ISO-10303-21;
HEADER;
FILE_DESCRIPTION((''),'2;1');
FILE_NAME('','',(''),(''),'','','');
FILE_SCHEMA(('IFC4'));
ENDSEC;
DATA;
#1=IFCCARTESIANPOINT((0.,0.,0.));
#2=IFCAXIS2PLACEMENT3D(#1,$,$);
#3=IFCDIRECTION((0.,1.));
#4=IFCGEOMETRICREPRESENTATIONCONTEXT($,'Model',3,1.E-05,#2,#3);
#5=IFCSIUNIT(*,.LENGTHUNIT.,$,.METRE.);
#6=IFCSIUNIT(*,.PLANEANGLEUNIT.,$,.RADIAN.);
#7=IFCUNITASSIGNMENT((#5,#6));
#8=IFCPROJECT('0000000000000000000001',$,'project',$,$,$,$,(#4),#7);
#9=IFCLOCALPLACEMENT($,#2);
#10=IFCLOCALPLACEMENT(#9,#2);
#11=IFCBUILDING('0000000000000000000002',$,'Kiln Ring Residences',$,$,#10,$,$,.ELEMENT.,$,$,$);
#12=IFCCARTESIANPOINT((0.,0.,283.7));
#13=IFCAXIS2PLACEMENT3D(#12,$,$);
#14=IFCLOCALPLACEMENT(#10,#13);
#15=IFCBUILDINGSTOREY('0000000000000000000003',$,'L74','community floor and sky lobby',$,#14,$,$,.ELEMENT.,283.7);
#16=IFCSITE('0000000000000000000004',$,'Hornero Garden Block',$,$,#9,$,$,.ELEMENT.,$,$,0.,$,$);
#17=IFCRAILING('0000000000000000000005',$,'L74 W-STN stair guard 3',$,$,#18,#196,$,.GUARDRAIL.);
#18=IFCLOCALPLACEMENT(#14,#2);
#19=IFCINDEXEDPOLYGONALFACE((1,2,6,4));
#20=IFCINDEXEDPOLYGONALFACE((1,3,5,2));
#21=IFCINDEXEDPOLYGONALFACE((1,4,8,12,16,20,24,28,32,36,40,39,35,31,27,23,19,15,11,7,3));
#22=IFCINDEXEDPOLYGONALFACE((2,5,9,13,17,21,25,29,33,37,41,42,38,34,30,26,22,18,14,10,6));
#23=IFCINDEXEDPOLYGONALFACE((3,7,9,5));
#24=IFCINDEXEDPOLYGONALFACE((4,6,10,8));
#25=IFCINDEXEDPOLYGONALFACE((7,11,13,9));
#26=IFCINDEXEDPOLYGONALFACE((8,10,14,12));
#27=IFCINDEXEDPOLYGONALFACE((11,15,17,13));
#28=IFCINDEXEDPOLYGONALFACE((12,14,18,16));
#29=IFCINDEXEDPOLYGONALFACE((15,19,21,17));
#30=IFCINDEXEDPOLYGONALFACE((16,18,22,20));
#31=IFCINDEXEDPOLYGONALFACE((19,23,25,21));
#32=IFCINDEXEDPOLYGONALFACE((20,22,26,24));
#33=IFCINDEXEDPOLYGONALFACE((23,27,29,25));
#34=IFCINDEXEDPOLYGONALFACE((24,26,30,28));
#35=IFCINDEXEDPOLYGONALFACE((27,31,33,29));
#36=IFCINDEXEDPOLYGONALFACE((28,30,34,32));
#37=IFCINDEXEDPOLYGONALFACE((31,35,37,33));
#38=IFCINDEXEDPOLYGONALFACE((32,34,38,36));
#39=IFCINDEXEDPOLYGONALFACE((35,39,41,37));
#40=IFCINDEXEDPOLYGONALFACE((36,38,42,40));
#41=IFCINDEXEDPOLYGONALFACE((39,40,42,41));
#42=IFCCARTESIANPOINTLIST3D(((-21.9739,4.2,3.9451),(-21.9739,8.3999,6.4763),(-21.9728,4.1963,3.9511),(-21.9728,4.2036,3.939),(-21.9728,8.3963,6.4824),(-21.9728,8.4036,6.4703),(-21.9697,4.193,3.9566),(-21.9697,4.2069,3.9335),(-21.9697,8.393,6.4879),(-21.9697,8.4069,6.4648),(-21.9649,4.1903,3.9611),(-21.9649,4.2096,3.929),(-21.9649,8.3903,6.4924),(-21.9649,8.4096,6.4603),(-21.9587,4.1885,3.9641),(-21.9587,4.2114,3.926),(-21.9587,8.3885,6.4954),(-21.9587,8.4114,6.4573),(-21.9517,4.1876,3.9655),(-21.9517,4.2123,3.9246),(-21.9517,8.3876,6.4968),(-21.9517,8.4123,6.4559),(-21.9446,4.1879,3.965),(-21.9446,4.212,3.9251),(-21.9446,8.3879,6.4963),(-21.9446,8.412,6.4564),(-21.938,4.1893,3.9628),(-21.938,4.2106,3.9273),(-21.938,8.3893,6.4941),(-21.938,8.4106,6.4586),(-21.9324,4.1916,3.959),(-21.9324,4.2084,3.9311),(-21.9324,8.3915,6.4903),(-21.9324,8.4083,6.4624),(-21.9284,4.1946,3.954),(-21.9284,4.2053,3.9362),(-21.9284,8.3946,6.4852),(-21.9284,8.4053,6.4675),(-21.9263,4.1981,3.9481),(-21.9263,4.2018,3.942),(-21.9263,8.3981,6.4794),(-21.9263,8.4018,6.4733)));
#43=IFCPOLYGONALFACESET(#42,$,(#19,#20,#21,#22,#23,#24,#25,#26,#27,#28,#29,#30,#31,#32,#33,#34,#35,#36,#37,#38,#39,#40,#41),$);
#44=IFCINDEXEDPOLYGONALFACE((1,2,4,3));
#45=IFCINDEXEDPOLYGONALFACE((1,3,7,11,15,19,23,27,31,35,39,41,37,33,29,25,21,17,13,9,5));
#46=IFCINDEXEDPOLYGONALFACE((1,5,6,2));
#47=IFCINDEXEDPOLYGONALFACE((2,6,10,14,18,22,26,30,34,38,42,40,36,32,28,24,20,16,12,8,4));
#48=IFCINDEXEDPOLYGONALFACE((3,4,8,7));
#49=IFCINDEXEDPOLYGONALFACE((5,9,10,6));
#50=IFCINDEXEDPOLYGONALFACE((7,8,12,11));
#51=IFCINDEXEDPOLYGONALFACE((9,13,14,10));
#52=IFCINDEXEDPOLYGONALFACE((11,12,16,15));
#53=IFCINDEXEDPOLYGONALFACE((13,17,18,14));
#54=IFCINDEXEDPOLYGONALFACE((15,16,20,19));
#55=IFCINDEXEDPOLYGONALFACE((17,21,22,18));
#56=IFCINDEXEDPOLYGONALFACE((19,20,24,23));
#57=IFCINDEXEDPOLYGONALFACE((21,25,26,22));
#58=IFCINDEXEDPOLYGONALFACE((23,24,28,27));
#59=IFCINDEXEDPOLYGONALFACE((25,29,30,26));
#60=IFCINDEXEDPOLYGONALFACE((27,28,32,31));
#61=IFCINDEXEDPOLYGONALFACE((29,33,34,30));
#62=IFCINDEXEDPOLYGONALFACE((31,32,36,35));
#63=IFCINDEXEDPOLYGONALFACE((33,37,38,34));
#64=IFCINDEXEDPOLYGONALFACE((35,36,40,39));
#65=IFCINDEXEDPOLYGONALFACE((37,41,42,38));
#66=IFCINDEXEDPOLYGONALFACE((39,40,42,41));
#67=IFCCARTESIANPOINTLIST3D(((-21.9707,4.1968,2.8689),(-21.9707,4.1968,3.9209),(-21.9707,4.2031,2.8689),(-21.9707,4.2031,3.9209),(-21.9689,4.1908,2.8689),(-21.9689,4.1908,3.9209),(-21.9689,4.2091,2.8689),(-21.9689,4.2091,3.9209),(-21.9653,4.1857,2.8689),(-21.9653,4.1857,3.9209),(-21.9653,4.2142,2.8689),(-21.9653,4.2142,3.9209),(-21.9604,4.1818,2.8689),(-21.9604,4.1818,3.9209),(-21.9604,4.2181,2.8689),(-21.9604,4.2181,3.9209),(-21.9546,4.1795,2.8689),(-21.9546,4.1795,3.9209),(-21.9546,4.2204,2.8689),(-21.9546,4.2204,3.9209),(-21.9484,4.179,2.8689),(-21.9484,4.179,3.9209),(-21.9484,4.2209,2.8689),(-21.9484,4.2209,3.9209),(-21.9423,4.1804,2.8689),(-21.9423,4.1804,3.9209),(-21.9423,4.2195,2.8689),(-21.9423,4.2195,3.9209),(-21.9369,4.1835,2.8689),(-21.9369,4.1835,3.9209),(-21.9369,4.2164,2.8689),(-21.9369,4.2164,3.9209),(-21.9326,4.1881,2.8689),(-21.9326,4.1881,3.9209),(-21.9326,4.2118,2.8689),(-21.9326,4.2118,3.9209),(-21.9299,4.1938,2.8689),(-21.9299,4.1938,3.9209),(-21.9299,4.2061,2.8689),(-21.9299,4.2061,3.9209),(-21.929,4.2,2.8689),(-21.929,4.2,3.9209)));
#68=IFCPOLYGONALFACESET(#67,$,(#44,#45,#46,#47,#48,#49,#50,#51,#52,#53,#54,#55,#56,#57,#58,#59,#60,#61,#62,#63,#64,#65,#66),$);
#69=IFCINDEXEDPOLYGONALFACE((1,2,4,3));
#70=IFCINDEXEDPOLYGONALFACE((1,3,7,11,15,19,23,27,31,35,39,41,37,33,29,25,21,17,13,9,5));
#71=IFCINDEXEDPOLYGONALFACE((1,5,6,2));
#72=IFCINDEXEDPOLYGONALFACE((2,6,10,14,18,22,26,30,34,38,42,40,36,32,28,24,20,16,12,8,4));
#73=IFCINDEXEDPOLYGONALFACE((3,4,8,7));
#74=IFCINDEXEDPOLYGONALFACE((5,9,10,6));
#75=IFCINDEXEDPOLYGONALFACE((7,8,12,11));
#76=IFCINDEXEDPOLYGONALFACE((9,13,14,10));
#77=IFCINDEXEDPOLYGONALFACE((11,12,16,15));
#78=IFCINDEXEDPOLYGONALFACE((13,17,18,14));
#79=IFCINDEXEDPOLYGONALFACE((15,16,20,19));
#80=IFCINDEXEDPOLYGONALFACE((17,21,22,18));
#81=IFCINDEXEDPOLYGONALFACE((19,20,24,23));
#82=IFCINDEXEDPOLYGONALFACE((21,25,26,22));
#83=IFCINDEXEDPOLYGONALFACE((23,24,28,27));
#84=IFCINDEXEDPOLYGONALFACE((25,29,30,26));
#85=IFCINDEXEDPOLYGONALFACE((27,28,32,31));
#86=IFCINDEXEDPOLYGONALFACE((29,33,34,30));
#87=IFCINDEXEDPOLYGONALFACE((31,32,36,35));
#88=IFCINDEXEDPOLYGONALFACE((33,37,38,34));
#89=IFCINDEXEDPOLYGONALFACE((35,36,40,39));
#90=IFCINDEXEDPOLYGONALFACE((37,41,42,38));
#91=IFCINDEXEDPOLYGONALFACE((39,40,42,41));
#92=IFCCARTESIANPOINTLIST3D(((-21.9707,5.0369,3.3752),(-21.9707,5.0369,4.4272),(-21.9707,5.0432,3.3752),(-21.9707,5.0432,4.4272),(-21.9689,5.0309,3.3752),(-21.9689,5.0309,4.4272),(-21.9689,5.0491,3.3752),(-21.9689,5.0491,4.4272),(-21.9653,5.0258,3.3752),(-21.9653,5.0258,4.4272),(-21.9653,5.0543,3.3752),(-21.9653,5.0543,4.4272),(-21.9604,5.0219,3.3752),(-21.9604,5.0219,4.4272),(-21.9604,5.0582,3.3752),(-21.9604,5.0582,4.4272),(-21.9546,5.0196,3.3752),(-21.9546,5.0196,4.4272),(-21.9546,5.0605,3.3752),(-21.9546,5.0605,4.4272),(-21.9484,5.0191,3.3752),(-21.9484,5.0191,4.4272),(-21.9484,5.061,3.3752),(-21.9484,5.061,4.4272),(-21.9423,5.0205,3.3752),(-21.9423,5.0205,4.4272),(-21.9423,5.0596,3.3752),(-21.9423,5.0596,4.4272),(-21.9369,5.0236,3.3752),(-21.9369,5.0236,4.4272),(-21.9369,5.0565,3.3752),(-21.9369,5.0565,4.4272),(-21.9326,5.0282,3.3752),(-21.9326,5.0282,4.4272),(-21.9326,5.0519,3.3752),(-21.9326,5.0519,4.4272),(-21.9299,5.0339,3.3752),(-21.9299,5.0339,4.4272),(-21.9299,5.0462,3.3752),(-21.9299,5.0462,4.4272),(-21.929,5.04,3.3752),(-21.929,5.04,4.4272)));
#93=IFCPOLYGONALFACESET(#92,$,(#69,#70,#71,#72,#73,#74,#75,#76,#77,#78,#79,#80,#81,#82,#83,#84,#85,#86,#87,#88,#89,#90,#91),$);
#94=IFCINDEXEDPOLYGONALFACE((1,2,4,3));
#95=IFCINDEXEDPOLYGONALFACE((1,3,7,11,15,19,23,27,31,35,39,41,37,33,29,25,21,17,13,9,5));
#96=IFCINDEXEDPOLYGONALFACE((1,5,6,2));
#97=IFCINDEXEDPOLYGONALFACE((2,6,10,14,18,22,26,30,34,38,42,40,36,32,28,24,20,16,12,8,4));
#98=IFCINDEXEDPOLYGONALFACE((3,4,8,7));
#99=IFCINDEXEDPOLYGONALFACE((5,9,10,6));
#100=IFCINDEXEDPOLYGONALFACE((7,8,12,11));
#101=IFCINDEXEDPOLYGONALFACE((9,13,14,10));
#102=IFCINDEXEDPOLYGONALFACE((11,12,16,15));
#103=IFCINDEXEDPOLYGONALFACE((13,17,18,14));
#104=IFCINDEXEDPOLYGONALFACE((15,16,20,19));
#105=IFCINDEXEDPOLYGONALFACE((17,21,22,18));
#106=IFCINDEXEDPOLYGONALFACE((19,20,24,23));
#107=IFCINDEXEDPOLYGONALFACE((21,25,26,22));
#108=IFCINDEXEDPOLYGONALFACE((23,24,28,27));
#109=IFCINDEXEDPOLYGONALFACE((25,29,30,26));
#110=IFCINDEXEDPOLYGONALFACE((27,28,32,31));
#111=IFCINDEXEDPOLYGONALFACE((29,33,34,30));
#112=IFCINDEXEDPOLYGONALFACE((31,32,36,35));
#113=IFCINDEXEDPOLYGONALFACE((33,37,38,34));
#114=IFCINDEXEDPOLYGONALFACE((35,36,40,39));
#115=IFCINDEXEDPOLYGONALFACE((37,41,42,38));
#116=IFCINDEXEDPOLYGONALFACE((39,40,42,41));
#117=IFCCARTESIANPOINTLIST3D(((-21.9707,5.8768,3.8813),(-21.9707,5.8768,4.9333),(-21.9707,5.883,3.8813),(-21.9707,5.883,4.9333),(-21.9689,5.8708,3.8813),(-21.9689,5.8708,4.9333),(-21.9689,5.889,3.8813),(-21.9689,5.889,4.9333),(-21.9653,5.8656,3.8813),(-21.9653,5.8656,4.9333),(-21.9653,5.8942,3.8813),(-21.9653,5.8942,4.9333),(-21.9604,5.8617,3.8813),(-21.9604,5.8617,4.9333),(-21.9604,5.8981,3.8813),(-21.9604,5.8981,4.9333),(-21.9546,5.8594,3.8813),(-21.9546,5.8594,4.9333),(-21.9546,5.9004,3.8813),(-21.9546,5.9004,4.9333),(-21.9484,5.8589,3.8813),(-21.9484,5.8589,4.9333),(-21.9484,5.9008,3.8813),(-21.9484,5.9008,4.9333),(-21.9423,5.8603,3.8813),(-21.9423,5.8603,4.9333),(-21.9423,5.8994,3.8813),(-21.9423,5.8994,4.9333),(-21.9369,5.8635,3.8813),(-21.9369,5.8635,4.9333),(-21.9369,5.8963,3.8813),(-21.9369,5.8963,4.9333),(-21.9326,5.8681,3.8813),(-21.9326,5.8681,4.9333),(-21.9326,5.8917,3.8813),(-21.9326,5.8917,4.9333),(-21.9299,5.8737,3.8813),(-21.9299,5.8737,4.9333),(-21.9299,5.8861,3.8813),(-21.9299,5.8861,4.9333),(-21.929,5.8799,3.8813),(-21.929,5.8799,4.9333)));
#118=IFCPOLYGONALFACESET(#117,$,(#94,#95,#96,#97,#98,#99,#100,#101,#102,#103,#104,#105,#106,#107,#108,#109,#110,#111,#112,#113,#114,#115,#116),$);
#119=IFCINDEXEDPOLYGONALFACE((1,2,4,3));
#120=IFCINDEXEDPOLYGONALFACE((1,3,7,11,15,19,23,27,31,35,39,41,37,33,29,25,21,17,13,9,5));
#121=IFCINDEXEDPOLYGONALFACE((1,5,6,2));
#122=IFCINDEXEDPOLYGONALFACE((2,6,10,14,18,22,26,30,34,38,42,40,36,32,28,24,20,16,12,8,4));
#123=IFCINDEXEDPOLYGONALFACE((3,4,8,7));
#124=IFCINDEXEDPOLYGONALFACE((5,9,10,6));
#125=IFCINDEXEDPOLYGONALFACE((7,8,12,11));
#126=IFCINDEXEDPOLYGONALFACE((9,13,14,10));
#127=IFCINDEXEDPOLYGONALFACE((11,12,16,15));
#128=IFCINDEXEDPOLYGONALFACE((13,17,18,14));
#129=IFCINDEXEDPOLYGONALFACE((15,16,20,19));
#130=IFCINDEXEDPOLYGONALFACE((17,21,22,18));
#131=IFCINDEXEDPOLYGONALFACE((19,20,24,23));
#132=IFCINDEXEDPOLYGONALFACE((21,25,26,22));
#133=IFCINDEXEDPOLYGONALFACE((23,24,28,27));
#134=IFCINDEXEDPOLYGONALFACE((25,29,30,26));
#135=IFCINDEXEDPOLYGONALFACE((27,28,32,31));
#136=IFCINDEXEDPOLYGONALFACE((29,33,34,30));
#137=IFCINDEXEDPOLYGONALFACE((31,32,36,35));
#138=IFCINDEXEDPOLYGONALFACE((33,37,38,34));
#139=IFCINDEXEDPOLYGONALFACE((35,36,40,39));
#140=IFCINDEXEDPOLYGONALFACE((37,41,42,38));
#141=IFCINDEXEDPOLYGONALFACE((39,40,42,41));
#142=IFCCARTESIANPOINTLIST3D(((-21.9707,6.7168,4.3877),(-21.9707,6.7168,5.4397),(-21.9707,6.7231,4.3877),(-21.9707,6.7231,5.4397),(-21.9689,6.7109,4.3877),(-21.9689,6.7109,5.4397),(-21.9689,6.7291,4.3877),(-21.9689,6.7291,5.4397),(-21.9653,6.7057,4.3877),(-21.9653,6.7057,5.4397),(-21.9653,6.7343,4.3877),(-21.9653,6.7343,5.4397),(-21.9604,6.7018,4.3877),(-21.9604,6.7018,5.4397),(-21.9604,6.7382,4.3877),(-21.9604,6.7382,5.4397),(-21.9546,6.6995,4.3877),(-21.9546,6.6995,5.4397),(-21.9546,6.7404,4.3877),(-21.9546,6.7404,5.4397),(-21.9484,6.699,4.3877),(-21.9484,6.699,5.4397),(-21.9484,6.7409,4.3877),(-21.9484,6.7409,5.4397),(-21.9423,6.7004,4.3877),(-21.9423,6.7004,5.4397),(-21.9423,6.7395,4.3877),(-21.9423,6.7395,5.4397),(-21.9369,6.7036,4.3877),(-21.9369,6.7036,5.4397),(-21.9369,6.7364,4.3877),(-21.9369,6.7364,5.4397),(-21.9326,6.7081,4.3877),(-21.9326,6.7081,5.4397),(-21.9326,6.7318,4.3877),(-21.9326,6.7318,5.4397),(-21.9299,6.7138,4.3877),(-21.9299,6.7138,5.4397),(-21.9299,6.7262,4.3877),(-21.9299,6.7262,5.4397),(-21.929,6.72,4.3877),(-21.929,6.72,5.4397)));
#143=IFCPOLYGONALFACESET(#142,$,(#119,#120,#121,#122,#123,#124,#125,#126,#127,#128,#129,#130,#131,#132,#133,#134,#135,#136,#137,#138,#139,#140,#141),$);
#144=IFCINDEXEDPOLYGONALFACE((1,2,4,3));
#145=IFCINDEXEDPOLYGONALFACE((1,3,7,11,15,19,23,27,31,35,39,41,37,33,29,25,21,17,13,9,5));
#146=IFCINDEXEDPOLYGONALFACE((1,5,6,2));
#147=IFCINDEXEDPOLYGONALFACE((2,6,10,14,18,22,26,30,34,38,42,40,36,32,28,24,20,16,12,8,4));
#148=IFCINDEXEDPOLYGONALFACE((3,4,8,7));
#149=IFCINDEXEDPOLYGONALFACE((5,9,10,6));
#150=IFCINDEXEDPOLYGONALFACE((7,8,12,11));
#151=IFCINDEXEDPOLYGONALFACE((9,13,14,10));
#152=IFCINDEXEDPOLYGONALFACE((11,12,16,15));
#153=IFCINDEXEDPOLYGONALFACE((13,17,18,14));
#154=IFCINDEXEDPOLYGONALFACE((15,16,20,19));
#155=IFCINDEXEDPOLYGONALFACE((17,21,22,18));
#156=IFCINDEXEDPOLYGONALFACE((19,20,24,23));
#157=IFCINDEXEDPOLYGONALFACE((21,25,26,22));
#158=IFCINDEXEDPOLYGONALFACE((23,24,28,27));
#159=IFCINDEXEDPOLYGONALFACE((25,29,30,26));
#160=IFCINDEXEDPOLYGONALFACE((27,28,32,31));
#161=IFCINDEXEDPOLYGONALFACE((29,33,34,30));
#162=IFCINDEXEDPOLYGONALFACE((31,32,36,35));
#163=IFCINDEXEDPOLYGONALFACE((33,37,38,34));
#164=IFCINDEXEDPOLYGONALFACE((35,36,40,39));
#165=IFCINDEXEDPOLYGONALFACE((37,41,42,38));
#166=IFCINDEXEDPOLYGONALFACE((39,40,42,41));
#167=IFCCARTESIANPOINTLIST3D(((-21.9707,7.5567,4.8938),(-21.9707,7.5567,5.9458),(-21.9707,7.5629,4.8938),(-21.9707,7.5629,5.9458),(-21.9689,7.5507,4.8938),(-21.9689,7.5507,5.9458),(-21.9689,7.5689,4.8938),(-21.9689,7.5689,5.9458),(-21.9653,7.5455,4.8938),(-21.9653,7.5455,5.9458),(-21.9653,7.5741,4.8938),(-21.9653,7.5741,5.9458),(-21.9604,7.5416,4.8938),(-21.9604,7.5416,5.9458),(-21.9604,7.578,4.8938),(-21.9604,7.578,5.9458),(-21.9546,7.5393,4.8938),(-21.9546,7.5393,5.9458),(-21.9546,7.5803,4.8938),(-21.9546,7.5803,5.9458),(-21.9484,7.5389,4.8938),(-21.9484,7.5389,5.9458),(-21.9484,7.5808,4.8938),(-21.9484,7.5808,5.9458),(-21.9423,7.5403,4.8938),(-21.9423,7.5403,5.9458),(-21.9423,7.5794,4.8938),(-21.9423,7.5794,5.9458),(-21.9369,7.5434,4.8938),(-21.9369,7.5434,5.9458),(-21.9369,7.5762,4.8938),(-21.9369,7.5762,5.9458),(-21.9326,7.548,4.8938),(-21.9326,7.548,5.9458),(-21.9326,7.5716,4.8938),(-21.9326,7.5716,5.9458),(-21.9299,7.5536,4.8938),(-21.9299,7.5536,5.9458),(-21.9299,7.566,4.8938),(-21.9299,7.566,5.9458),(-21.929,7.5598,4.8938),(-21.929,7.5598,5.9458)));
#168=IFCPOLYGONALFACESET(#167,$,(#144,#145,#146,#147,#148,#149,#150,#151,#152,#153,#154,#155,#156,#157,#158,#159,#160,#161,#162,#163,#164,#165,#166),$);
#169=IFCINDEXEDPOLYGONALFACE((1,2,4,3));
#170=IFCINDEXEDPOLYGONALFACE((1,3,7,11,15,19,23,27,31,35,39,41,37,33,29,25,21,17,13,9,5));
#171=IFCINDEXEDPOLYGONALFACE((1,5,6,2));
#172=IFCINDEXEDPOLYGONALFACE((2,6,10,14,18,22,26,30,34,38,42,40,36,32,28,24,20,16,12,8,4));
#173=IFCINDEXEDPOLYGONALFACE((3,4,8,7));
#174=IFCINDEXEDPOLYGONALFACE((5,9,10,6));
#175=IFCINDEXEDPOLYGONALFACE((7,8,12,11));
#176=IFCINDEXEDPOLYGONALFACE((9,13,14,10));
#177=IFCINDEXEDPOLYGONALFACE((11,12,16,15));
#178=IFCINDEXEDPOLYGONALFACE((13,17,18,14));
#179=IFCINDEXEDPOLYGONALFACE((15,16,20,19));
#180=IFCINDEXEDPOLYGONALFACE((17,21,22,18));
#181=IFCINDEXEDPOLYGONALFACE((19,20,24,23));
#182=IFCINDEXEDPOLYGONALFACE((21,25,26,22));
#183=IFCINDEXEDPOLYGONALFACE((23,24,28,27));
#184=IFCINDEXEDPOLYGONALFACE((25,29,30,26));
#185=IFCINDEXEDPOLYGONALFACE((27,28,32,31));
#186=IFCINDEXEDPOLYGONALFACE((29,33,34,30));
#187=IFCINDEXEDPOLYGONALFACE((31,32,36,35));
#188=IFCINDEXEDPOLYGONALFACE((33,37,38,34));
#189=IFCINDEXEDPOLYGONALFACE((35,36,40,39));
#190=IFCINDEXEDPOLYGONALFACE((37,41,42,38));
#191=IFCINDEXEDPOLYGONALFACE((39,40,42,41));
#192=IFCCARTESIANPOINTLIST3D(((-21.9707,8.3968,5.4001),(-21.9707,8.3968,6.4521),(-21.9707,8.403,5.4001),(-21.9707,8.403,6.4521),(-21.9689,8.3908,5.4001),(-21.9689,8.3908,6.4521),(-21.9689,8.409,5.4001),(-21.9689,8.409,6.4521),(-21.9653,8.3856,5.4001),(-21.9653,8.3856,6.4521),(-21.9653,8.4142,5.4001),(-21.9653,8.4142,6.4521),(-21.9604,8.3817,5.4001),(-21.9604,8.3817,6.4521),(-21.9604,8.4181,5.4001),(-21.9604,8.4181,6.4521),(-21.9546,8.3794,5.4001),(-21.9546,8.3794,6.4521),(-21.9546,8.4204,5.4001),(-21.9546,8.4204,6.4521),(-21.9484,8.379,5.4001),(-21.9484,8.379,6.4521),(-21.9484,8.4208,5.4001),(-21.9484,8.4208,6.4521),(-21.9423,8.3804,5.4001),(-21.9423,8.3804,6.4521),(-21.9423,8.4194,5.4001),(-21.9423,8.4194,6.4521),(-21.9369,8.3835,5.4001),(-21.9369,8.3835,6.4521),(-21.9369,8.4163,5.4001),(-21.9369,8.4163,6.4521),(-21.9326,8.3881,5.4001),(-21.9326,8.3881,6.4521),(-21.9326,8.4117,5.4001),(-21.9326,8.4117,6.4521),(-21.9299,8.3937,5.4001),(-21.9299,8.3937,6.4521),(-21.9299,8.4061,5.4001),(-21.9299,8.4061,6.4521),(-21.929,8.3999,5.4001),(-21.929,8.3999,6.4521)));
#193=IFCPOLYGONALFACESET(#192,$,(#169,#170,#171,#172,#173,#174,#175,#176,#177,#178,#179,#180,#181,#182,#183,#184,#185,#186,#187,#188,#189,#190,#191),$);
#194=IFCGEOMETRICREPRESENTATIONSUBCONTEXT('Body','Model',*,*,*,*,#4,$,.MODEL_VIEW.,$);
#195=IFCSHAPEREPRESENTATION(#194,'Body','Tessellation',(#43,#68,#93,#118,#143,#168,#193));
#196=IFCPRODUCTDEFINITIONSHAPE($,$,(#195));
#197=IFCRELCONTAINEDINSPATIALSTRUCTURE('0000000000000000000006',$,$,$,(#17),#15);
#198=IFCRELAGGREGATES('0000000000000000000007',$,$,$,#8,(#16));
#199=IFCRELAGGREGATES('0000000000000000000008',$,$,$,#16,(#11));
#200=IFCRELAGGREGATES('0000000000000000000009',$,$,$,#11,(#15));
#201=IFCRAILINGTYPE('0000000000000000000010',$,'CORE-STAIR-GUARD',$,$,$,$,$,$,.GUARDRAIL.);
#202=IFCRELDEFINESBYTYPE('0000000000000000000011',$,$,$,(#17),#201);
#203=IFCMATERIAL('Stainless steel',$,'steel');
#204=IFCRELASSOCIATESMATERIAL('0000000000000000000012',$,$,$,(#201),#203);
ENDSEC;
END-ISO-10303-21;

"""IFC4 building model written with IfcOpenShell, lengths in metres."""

from ifc_helpers import new_model, si_unit, direction, frame, origin, origin_2d, place, context, subcontext, project, spatial, circle, extrude, material, type_object, element, save


model = new_model("IFC4")

# Units and contexts
model_context = context("Model", 3, precision=1e-05, world=origin(), true_north=direction((0.0, 1.0)))
body_context = subcontext(model_context, "Body", "Model", "MODEL_VIEW")
ifc_project = project(units=[si_unit("LENGTHUNIT", "METRE"), si_unit("PLANEANGLEUNIT", "RADIAN")], contexts=[model_context])

# Site, building, storey
site_placement = place(None, origin())
site = spatial("IfcSite", under=ifc_project, at=site_placement, Name="Hornero Garden Block", CompositionType="ELEMENT", RefElevation=0.0)
building_placement = place(site_placement, origin())
building = spatial("IfcBuilding", under=site, at=building_placement, Name="Kiln Ring Residences", CompositionType="ELEMENT")
storey_placement = place(building_placement, frame((0.0, 0.0, 283.7)))
storey = spatial("IfcBuildingStorey", under=building, at=storey_placement, Name="L74", Description="community floor and sky lobby", CompositionType="ELEMENT", Elevation=283.7)

# Railing
ifc_material_1 = material(Name="Stainless steel", Category="steel")
railing_type_1 = type_object("IfcRailingType", Name="CORE-STAIR-GUARD", PredefinedType="GUARDRAIL", material=ifc_material_1)
railing_1_placement = place(storey_placement, frame((-21.95, 4.2, 2.8689)))
element("IfcRailing", 1, at=railing_1_placement, inside=storey, type_object=railing_type_1, Name="L74 W-STN stair guard 3", PredefinedType="GUARDRAIL", context=body_context, shape_type="SweptSolid", body=[
    extrude(circle(Radius=0.0239, at=origin_2d()), frame((0.0, 0.0, 1.0762), z_axis=(0.0, 0.856476, 0.516186), x_axis=(-1.0, 0.0, 0.0)), (0.0, 0.0, 1.0), 4.9038),
    extrude(circle(Radius=0.021, at=origin_2d()), origin(), (0.0, 0.0, 1.0), 1.052),
    extrude(circle(Radius=0.021, at=origin_2d()), frame((0.0, 0.8401, 0.5063)), (0.0, 0.0, 1.0), 1.052),
    extrude(circle(Radius=0.021, at=origin_2d()), frame((0.0, 1.6799, 1.0125)), (0.0, 0.0, 1.0), 1.052),
    extrude(circle(Radius=0.021, at=origin_2d()), frame((0.0, 2.52, 1.5188)), (0.0, 0.0, 1.0), 1.052),
    extrude(circle(Radius=0.021, at=origin_2d()), frame((0.0, 3.3599, 2.0249)), (0.0, 0.0, 1.0), 1.052),
    extrude(circle(Radius=0.021, at=origin_2d()), frame((0.0, 4.2, 2.5312)), (0.0, 0.0, 1.0), 1.052),
])

save(model, "model.ifc")
